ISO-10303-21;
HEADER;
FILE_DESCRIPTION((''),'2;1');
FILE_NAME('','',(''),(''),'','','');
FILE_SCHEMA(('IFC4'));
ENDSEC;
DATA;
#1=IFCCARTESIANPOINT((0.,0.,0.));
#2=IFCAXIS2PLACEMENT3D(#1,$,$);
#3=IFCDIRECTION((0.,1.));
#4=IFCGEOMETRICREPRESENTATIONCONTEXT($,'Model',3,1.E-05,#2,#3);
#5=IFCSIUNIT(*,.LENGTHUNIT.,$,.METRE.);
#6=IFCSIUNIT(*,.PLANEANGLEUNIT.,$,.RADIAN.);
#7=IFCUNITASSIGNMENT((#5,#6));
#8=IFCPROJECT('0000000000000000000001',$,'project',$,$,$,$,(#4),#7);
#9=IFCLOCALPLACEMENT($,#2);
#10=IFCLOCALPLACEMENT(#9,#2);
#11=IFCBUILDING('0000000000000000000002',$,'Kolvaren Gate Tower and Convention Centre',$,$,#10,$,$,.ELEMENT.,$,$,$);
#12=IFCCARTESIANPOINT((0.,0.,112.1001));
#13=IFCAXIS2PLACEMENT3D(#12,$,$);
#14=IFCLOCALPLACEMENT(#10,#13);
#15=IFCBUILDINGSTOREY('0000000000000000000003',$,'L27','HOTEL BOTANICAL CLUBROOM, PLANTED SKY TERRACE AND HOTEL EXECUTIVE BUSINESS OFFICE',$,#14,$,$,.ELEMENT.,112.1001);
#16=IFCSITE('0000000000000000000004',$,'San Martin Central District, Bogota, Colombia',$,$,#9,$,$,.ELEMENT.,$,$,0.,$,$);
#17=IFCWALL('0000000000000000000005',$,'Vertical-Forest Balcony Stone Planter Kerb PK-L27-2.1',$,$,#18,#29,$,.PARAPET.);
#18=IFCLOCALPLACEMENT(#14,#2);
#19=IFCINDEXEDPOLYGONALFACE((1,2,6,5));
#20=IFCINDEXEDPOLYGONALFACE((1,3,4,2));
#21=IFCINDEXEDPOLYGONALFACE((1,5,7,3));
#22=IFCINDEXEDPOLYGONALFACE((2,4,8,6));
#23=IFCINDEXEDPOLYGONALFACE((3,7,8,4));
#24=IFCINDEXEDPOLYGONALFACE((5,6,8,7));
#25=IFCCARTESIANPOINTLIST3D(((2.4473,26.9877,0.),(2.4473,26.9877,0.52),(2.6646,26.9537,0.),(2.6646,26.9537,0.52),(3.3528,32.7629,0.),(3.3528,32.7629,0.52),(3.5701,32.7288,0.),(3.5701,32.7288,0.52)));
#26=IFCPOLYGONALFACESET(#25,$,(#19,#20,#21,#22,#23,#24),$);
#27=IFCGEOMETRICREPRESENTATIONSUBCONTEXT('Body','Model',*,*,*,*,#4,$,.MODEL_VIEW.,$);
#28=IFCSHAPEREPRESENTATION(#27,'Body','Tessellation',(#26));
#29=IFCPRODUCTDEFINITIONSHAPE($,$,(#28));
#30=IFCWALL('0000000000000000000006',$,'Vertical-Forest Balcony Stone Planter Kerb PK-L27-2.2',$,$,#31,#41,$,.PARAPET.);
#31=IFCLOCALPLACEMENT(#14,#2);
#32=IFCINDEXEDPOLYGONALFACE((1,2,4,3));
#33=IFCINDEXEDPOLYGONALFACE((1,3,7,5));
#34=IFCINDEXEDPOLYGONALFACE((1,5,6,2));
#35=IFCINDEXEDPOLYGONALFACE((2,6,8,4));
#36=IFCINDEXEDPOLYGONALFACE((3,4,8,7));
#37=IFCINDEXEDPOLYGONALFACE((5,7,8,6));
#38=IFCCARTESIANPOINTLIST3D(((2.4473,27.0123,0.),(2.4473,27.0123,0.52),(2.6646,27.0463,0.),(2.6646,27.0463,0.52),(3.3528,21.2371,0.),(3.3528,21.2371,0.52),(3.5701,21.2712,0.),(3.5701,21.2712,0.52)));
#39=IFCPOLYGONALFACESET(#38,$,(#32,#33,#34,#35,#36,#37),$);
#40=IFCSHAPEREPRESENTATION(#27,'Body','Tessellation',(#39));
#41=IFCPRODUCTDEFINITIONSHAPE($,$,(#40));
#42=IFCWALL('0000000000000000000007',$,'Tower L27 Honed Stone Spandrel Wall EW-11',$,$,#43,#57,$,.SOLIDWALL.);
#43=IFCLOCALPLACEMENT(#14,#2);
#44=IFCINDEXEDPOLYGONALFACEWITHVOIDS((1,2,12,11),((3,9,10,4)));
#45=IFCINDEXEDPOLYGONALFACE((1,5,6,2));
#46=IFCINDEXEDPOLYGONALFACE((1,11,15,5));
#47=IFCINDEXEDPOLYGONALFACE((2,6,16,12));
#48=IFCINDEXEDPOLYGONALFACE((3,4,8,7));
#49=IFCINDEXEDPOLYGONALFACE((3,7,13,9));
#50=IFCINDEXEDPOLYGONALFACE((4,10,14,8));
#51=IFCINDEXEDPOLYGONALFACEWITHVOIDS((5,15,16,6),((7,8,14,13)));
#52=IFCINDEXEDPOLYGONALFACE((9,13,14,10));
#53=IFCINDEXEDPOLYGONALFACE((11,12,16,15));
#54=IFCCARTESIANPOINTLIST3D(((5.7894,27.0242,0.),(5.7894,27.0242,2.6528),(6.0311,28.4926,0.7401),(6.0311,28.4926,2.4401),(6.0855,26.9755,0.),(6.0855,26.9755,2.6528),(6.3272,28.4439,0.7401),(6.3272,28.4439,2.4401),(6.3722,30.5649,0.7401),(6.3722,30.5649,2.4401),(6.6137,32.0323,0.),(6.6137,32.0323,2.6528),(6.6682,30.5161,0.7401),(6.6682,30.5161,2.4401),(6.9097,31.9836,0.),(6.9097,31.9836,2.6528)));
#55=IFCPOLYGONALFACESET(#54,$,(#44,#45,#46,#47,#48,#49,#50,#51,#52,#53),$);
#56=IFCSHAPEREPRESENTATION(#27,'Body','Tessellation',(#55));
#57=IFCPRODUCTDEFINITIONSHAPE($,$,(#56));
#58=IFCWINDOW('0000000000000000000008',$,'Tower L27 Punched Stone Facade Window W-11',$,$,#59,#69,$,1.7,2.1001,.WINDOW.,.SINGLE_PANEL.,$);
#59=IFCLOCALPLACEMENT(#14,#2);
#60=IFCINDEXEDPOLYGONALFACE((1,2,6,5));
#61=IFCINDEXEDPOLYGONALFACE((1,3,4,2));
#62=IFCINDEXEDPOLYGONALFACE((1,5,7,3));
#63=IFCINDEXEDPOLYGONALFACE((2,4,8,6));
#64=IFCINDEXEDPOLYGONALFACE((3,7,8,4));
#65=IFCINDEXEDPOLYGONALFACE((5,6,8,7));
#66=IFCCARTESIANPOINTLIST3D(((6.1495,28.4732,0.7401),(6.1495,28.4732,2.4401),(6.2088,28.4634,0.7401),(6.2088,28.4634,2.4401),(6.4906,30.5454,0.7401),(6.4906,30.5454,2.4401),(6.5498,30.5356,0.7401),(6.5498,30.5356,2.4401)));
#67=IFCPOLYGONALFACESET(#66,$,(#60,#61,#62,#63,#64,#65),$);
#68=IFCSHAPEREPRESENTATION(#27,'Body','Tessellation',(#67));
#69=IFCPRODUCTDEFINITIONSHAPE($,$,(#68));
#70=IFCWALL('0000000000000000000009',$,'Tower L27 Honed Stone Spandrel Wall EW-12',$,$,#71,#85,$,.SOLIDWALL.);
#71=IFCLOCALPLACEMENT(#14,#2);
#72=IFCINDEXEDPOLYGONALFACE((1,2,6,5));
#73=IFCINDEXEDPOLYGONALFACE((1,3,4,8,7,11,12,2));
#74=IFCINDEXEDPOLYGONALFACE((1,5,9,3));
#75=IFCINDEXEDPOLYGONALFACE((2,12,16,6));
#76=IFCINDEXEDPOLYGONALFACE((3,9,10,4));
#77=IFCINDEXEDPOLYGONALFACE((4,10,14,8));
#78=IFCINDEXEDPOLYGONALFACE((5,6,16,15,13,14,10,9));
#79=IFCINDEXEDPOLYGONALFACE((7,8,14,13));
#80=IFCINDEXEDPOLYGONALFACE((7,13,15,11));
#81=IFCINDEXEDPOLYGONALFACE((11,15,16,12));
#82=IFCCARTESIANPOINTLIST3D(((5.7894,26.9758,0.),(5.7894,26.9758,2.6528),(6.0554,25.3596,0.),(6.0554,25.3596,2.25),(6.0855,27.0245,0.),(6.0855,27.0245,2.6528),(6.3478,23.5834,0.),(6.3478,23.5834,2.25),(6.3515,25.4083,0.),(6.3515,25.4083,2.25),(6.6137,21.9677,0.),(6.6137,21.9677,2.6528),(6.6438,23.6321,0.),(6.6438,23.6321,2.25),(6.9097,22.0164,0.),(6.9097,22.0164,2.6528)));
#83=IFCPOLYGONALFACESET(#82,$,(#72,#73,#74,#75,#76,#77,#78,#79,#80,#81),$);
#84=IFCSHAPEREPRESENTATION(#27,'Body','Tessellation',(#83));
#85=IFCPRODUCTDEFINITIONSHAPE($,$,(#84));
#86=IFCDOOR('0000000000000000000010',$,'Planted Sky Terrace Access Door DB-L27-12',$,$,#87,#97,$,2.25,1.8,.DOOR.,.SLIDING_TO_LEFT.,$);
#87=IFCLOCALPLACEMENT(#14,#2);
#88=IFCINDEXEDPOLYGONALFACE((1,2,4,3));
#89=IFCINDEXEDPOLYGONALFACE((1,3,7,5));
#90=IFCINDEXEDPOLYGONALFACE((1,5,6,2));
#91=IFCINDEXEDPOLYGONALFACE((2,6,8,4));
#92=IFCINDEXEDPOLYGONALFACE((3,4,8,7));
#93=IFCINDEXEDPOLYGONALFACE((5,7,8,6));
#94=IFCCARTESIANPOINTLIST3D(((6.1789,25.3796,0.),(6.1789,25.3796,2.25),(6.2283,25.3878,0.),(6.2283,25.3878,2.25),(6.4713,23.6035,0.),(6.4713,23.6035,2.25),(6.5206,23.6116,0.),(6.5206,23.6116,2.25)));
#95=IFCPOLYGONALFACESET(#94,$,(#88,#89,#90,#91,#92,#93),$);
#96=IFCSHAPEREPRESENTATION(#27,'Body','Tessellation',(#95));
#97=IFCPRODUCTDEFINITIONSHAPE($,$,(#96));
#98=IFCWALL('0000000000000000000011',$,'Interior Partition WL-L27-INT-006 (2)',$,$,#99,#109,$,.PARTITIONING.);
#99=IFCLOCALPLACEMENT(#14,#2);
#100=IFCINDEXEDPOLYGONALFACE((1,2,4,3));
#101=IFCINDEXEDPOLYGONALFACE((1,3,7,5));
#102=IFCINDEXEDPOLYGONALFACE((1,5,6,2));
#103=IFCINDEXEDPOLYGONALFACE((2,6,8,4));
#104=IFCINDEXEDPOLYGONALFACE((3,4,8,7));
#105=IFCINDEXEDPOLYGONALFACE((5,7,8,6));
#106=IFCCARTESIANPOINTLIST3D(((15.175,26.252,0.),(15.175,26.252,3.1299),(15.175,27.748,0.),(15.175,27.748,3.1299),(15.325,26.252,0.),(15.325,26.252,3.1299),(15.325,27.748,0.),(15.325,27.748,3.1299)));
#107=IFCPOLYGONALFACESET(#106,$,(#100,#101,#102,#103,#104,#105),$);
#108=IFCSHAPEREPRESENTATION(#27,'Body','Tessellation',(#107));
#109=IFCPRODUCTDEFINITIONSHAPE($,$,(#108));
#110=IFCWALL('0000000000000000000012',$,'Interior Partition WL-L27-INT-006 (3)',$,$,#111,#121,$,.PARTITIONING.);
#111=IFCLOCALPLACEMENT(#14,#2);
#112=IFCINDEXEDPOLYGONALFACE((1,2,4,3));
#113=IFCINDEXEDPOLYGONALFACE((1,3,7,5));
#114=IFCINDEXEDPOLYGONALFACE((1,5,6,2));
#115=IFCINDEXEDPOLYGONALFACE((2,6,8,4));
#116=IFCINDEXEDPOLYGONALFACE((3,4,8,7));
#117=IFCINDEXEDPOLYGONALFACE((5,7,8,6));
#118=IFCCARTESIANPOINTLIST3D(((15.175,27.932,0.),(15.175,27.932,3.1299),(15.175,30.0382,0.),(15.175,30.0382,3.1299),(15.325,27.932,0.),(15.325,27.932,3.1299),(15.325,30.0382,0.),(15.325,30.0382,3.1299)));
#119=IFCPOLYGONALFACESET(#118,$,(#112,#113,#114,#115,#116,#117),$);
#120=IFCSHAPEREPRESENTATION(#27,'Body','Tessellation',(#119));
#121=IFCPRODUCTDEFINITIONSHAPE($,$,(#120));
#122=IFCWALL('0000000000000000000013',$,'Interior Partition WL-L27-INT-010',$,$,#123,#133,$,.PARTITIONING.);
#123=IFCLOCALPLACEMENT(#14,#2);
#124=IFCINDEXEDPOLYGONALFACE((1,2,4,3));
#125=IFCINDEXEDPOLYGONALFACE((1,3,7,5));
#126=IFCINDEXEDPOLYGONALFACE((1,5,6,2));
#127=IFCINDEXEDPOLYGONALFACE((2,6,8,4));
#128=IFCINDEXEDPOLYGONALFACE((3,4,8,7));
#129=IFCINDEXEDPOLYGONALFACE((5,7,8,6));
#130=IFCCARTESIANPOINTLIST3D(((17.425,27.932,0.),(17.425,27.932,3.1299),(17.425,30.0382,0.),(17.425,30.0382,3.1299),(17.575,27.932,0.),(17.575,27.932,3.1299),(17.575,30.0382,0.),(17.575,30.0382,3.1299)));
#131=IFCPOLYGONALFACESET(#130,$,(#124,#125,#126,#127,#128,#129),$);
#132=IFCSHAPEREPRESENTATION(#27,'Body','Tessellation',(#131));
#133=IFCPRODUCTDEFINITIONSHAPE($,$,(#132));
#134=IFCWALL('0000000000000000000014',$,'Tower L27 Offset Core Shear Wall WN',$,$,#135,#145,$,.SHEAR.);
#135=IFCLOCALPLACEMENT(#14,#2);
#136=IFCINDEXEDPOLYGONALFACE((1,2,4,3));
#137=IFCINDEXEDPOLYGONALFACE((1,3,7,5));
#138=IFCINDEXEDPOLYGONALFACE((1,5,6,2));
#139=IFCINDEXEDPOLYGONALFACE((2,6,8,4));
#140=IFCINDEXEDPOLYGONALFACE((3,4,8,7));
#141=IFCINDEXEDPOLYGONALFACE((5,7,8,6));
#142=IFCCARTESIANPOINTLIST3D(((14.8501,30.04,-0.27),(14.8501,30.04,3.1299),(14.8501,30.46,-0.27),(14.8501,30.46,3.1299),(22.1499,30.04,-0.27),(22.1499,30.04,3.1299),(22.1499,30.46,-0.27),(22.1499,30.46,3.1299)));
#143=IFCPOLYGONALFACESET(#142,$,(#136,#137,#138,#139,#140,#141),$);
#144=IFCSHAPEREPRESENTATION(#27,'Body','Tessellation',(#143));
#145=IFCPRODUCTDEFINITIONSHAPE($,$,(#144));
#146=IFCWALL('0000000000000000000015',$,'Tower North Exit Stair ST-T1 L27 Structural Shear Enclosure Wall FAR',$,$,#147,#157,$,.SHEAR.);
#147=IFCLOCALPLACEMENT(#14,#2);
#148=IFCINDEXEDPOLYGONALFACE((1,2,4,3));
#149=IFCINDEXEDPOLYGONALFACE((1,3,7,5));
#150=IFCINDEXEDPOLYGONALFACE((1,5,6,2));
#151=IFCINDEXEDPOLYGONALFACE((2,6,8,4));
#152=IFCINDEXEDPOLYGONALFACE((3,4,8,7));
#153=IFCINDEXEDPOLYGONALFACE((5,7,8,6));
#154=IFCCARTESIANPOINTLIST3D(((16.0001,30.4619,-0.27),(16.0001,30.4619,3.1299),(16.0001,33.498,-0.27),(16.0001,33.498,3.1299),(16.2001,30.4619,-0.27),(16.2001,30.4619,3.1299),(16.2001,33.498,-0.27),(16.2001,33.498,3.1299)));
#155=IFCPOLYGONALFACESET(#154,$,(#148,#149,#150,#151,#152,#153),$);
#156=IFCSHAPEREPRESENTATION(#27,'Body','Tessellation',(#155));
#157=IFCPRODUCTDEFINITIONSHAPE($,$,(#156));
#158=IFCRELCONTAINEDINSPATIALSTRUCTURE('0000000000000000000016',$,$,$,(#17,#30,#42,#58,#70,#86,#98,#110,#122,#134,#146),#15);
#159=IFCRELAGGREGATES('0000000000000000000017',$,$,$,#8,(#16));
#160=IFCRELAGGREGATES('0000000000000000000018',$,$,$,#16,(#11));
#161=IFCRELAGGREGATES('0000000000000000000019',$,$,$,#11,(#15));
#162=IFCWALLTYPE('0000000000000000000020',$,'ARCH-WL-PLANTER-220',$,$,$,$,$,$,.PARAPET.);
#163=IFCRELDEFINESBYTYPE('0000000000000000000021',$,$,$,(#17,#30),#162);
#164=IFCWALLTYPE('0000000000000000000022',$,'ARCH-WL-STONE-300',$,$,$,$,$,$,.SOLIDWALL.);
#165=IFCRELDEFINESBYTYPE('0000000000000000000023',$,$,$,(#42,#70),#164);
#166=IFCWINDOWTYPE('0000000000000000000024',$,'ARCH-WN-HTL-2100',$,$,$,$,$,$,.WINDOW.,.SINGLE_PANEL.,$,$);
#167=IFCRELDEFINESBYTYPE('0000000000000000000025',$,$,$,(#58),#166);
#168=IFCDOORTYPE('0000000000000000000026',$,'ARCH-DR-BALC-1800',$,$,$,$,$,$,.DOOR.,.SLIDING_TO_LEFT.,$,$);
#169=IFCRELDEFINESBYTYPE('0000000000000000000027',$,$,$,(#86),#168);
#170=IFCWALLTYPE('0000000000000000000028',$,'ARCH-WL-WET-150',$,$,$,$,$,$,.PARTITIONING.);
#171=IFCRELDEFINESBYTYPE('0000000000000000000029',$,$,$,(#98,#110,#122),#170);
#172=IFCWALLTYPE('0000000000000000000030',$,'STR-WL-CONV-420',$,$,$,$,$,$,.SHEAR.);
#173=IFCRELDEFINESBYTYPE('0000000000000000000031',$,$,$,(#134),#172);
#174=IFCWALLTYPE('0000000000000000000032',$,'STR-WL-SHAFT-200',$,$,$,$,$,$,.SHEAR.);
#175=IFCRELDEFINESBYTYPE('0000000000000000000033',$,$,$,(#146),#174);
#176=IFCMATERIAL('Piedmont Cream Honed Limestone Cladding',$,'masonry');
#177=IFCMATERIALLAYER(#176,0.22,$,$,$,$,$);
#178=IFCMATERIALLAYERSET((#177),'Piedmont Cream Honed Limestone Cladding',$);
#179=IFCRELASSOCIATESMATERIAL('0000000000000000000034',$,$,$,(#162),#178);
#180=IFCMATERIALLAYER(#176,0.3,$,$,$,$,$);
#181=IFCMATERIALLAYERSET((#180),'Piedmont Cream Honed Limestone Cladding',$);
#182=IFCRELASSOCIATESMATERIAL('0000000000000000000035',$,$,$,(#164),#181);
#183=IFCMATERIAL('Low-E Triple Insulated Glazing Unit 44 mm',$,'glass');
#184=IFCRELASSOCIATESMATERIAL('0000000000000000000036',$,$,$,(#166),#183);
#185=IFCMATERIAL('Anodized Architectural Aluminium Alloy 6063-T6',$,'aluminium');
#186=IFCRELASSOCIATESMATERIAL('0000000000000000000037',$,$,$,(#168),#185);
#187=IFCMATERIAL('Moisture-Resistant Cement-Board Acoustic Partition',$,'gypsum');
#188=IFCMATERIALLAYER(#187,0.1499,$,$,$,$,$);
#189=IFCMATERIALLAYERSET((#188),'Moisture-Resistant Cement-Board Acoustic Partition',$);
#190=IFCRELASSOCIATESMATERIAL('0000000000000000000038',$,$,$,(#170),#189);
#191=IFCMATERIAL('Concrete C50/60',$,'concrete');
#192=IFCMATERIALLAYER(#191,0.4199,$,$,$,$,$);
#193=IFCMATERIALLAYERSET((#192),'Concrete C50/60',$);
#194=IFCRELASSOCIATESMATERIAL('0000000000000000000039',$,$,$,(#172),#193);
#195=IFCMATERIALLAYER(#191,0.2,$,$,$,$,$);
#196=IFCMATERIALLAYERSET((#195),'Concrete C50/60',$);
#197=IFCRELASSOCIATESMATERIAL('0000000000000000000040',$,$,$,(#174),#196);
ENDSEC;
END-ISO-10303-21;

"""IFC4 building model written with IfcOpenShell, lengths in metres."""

from ifc_helpers import new_model, si_unit, direction, frame, frame_2d, origin, place, context, subcontext, project, spatial, rectangle, extrude, material, layer, layer_set, type_object, element, fill, save


model = new_model("IFC4")

# Units and contexts
model_context = context("Model", 3, precision=1e-05, world=origin(), true_north=direction((0.0, 1.0)))
body_context = subcontext(model_context, "Body", "Model", "MODEL_VIEW")
ifc_project = project(units=[si_unit("LENGTHUNIT", "METRE"), si_unit("PLANEANGLEUNIT", "RADIAN")], contexts=[model_context])

# Site, building, storey
site_placement = place(None, origin())
site = spatial("IfcSite", under=ifc_project, at=site_placement, Name="San Martin Central District, Bogota, Colombia", CompositionType="ELEMENT", RefElevation=0.0)
building_placement = place(site_placement, origin())
building = spatial("IfcBuilding", under=site, at=building_placement, Name="Kolvaren Gate Tower and Convention Centre", CompositionType="ELEMENT")
storey_placement = place(building_placement, frame((0.0, 0.0, 112.1001)))
storey = spatial("IfcBuildingStorey", under=building, at=storey_placement, Name="L27", Description="HOTEL BOTANICAL CLUBROOM, PLANTED SKY TERRACE AND HOTEL EXECUTIVE BUSINESS OFFICE", CompositionType="ELEMENT", Elevation=112.1001)

# Walls
ifc_material_1 = material(Name="Piedmont Cream Honed Limestone Cladding", Category="masonry")
ifc_layer_1 = layer(ifc_material_1, 0.22)
ifc_layer_set_1 = layer_set([ifc_layer_1], Name="Piedmont Cream Honed Limestone Cladding")
wall_type_1 = type_object("IfcWallType", Name="ARCH-WL-PLANTER-220", PredefinedType="PARAPET", material=ifc_layer_set_1)
for number, where, z_axis, x_axis, name in (
    (1, (2.5559, 26.9707, 0.0), (0.0, 0.0, 1.0), (0.154903, 0.98793, 0.0), "Vertical-Forest Balcony Stone Planter Kerb PK-L27-2.1"),
    (2, (2.5559, 27.0293, 0.0), (0.0, 0.0, 1.0), (0.154903, -0.98793, 0.0), "Vertical-Forest Balcony Stone Planter Kerb PK-L27-2.2"),
):
    element("IfcWall", number, at=place(storey_placement, frame(where, z_axis=z_axis, x_axis=x_axis)), inside=storey, type_object=wall_type_1, Name=name, PredefinedType="PARAPET", context=body_context, shape_type="SweptSolid", body=[
        extrude(rectangle(XDim=5.8457, YDim=0.22, at=frame_2d((2.9229, 0.0))), origin(), (0.0, 0.0, 1.0), 0.52),
    ])

# Wall, opening, window
ifc_layer_2 = layer(ifc_material_1, 0.3)
ifc_layer_set_2 = layer_set([ifc_layer_2], Name="Piedmont Cream Honed Limestone Cladding")
wall_type_2 = type_object("IfcWallType", Name="ARCH-WL-STONE-300", PredefinedType="SOLIDWALL", material=ifc_layer_set_2)
wall_1_placement = place(storey_placement, frame((5.9375, 27.0, 0.0), z_axis=(0.0, 0.0, 1.0), x_axis=(0.162394, 0.986726, 0.0)))
wall_1 = element("IfcWall", 3, at=wall_1_placement, inside=storey, type_object=wall_type_2, Name="Tower L27 Honed Stone Spandrel Wall EW-11", PredefinedType="SOLIDWALL", context=body_context, shape_type="SweptSolid", body=[
    extrude(rectangle(XDim=5.0754, YDim=0.3, at=frame_2d((2.5376, 0.0))), origin(), (0.0, 0.0, 1.0), 2.6528),
])
opening_1_placement = place(wall_1_placement, frame((1.488, 0.0, 0.74)))
opening_1 = element("IfcOpeningElement", 4, at=opening_1_placement, cuts=wall_1, PredefinedType="OPENING", context=body_context, shape_type="SweptSolid", body=[
    extrude(rectangle(XDim=2.1001, YDim=1.7, at=frame_2d((1.05, 0.8501))), frame((0.0, 0.1599, 0.0), z_axis=(0.0, -1.0, 0.0), x_axis=(1.0, 0.0, 0.0)), (0.0, 0.0, 1.0), 0.3201),
])
ifc_material_2 = material(Name="Low-E Triple Insulated Glazing Unit 44 mm", Category="glass")
window_type = type_object("IfcWindowType", Name="ARCH-WN-HTL-2100", PartitioningType="SINGLE_PANEL", PredefinedType="WINDOW", material=ifc_material_2)
window_placement = place(opening_1_placement, origin())
window = element("IfcWindow", 5, at=window_placement, inside=storey, type_object=window_type, Name="Tower L27 Punched Stone Facade Window W-11", OverallHeight=1.7, OverallWidth=2.1001, PartitioningType="SINGLE_PANEL", PredefinedType="WINDOW", context=body_context, shape_type="SweptSolid", body=[
    extrude(rectangle(XDim=2.1001, YDim=1.7, at=frame_2d((1.05, 0.8501))), frame((0.0, 0.03, 0.0), z_axis=(0.0, -1.0, 0.0), x_axis=(1.0, 0.0, 0.0)), (0.0, 0.0, 1.0), 0.0601),
])
fill(opening_1, window)

# Wall, opening, door
wall_2_placement = place(storey_placement, frame((5.9375, 27.0, 0.0), z_axis=(0.0, 0.0, 1.0), x_axis=(0.162394, -0.986726, 0.0)))
wall_2 = element("IfcWall", 6, at=wall_2_placement, inside=storey, type_object=wall_type_2, Name="Tower L27 Honed Stone Spandrel Wall EW-12", PredefinedType="SOLIDWALL", context=body_context, shape_type="SweptSolid", body=[
    extrude(rectangle(XDim=5.0754, YDim=0.3, at=frame_2d((2.5376, 0.0))), origin(), (0.0, 0.0, 1.0), 2.6528),
])
opening_2_placement = place(wall_2_placement, frame((1.6379, 0.0, 0.0)))
opening_2 = element("IfcOpeningElement", 7, at=opening_2_placement, cuts=wall_2, PredefinedType="OPENING", context=body_context, shape_type="SweptSolid", body=[
    extrude(rectangle(XDim=1.8, YDim=2.25, at=frame_2d((0.8999, 1.125))), frame((0.0, 0.1599, 0.0), z_axis=(0.0, -1.0, 0.0), x_axis=(1.0, 0.0, 0.0)), (0.0, 0.0, 1.0), 0.3201),
])
ifc_material_3 = material(Name="Anodized Architectural Aluminium Alloy 6063-T6", Category="aluminium")
door_type_1 = type_object("IfcDoorType", Name="ARCH-DR-BALC-1800", OperationType="SLIDING_TO_LEFT", PredefinedType="DOOR", material=ifc_material_3)
door_1_placement = place(opening_2_placement, frame((1.8, 0.0, 0.0), z_axis=(0.0, 0.0, 1.0), x_axis=(-1.0, 0.0, 0.0)))
door_1 = element("IfcDoor", 8, at=door_1_placement, inside=storey, type_object=door_type_1, Name="Planted Sky Terrace Access Door DB-L27-12", OperationType="SLIDING_TO_LEFT", OverallHeight=2.25, OverallWidth=1.8, PredefinedType="DOOR", context=body_context, shape_type="SweptSolid", body=[
    extrude(rectangle(XDim=1.8, YDim=2.25, at=frame_2d((0.8999, 1.125))), frame((0.0, 0.0249, 0.0), z_axis=(0.0, -1.0, 0.0), x_axis=(1.0, 0.0, 0.0)), (0.0, 0.0, 1.0), 0.05),
])
fill(opening_2, door_1)

# Walls
ifc_material_4 = material(Name="Moisture-Resistant Cement-Board Acoustic Partition", Category="gypsum")
ifc_layer_3 = layer(ifc_material_4, 0.1499)
ifc_layer_set_3 = layer_set([ifc_layer_3], Name="Moisture-Resistant Cement-Board Acoustic Partition")
wall_type_3 = type_object("IfcWallType", Name="ARCH-WL-WET-150", PredefinedType="PARTITIONING", material=ifc_layer_set_3)
wall_3_placement = place(storey_placement, frame((15.25, 26.252, 0.0), z_axis=(0.0, 0.0, 1.0), x_axis=(0.0, 1.0, 0.0)))
element("IfcWall", 9, at=wall_3_placement, inside=storey, type_object=wall_type_3, Name="Interior Partition WL-L27-INT-006 (2)", PredefinedType="PARTITIONING", context=body_context, shape_type="SweptSolid", body=[
    extrude(rectangle(XDim=1.4961, YDim=0.1499, at=frame_2d((0.748, 0.0))), origin(), (0.0, 0.0, 1.0), 3.1299),
])
for number, where, z_axis, x_axis, name in (
    (10, (15.25, 27.9319, 0.0), (0.0, 0.0, 1.0), (0.0, 1.0, 0.0), "Interior Partition WL-L27-INT-006 (3)"),
    (11, (17.5, 27.9319, 0.0), (0.0, 0.0, 1.0), (0.0, 1.0, 0.0), "Interior Partition WL-L27-INT-010"),
):
    element("IfcWall", number, at=place(storey_placement, frame(where, z_axis=z_axis, x_axis=x_axis)), inside=storey, type_object=wall_type_3, Name=name, PredefinedType="PARTITIONING", context=body_context, shape_type="SweptSolid", body=[
        extrude(rectangle(XDim=2.1062, YDim=0.1499, at=frame_2d((1.0532, 0.0))), origin(), (0.0, 0.0, 1.0), 3.1299),
    ])
ifc_material_5 = material(Name="Concrete C50/60", Category="concrete")
ifc_layer_4 = layer(ifc_material_5, 0.4199)
ifc_layer_set_4 = layer_set([ifc_layer_4], Name="Concrete C50/60")
wall_type_4 = type_object("IfcWallType", Name="STR-WL-CONV-420", PredefinedType="SHEAR", material=ifc_layer_set_4)
wall_4_placement = place(storey_placement, frame((14.8501, 30.25, -0.27), z_axis=(0.0, 0.0, 1.0), x_axis=(1.0, 0.0, 0.0)))
element("IfcWall", 12, at=wall_4_placement, inside=storey, type_object=wall_type_4, Name="Tower L27 Offset Core Shear Wall WN", PredefinedType="SHEAR", context=body_context, shape_type="SweptSolid", body=[
    extrude(rectangle(XDim=7.2998, YDim=0.4199, at=frame_2d((3.6499, 0.0))), origin(), (0.0, 0.0, 1.0), 3.3999),
])
ifc_layer_5 = layer(ifc_material_5, 0.2)
ifc_layer_set_5 = layer_set([ifc_layer_5], Name="Concrete C50/60")
wall_type_5 = type_object("IfcWallType", Name="STR-WL-SHAFT-200", PredefinedType="SHEAR", material=ifc_layer_set_5)
wall_5_placement = place(storey_placement, frame((16.1001, 30.4619, -0.27), z_axis=(0.0, 0.0, 1.0), x_axis=(0.0, 1.0, 0.0)))
element("IfcWall", 13, at=wall_5_placement, inside=storey, type_object=wall_type_5, Name="Tower North Exit Stair ST-T1 L27 Structural Shear Enclosure Wall FAR", PredefinedType="SHEAR", context=body_context, shape_type="SweptSolid", body=[
    extrude(rectangle(XDim=3.0361, YDim=0.2, at=frame_2d((1.5181, 0.0))), origin(), (0.0, 0.0, 1.0), 3.3999),
])

save(model, "model.ifc")
